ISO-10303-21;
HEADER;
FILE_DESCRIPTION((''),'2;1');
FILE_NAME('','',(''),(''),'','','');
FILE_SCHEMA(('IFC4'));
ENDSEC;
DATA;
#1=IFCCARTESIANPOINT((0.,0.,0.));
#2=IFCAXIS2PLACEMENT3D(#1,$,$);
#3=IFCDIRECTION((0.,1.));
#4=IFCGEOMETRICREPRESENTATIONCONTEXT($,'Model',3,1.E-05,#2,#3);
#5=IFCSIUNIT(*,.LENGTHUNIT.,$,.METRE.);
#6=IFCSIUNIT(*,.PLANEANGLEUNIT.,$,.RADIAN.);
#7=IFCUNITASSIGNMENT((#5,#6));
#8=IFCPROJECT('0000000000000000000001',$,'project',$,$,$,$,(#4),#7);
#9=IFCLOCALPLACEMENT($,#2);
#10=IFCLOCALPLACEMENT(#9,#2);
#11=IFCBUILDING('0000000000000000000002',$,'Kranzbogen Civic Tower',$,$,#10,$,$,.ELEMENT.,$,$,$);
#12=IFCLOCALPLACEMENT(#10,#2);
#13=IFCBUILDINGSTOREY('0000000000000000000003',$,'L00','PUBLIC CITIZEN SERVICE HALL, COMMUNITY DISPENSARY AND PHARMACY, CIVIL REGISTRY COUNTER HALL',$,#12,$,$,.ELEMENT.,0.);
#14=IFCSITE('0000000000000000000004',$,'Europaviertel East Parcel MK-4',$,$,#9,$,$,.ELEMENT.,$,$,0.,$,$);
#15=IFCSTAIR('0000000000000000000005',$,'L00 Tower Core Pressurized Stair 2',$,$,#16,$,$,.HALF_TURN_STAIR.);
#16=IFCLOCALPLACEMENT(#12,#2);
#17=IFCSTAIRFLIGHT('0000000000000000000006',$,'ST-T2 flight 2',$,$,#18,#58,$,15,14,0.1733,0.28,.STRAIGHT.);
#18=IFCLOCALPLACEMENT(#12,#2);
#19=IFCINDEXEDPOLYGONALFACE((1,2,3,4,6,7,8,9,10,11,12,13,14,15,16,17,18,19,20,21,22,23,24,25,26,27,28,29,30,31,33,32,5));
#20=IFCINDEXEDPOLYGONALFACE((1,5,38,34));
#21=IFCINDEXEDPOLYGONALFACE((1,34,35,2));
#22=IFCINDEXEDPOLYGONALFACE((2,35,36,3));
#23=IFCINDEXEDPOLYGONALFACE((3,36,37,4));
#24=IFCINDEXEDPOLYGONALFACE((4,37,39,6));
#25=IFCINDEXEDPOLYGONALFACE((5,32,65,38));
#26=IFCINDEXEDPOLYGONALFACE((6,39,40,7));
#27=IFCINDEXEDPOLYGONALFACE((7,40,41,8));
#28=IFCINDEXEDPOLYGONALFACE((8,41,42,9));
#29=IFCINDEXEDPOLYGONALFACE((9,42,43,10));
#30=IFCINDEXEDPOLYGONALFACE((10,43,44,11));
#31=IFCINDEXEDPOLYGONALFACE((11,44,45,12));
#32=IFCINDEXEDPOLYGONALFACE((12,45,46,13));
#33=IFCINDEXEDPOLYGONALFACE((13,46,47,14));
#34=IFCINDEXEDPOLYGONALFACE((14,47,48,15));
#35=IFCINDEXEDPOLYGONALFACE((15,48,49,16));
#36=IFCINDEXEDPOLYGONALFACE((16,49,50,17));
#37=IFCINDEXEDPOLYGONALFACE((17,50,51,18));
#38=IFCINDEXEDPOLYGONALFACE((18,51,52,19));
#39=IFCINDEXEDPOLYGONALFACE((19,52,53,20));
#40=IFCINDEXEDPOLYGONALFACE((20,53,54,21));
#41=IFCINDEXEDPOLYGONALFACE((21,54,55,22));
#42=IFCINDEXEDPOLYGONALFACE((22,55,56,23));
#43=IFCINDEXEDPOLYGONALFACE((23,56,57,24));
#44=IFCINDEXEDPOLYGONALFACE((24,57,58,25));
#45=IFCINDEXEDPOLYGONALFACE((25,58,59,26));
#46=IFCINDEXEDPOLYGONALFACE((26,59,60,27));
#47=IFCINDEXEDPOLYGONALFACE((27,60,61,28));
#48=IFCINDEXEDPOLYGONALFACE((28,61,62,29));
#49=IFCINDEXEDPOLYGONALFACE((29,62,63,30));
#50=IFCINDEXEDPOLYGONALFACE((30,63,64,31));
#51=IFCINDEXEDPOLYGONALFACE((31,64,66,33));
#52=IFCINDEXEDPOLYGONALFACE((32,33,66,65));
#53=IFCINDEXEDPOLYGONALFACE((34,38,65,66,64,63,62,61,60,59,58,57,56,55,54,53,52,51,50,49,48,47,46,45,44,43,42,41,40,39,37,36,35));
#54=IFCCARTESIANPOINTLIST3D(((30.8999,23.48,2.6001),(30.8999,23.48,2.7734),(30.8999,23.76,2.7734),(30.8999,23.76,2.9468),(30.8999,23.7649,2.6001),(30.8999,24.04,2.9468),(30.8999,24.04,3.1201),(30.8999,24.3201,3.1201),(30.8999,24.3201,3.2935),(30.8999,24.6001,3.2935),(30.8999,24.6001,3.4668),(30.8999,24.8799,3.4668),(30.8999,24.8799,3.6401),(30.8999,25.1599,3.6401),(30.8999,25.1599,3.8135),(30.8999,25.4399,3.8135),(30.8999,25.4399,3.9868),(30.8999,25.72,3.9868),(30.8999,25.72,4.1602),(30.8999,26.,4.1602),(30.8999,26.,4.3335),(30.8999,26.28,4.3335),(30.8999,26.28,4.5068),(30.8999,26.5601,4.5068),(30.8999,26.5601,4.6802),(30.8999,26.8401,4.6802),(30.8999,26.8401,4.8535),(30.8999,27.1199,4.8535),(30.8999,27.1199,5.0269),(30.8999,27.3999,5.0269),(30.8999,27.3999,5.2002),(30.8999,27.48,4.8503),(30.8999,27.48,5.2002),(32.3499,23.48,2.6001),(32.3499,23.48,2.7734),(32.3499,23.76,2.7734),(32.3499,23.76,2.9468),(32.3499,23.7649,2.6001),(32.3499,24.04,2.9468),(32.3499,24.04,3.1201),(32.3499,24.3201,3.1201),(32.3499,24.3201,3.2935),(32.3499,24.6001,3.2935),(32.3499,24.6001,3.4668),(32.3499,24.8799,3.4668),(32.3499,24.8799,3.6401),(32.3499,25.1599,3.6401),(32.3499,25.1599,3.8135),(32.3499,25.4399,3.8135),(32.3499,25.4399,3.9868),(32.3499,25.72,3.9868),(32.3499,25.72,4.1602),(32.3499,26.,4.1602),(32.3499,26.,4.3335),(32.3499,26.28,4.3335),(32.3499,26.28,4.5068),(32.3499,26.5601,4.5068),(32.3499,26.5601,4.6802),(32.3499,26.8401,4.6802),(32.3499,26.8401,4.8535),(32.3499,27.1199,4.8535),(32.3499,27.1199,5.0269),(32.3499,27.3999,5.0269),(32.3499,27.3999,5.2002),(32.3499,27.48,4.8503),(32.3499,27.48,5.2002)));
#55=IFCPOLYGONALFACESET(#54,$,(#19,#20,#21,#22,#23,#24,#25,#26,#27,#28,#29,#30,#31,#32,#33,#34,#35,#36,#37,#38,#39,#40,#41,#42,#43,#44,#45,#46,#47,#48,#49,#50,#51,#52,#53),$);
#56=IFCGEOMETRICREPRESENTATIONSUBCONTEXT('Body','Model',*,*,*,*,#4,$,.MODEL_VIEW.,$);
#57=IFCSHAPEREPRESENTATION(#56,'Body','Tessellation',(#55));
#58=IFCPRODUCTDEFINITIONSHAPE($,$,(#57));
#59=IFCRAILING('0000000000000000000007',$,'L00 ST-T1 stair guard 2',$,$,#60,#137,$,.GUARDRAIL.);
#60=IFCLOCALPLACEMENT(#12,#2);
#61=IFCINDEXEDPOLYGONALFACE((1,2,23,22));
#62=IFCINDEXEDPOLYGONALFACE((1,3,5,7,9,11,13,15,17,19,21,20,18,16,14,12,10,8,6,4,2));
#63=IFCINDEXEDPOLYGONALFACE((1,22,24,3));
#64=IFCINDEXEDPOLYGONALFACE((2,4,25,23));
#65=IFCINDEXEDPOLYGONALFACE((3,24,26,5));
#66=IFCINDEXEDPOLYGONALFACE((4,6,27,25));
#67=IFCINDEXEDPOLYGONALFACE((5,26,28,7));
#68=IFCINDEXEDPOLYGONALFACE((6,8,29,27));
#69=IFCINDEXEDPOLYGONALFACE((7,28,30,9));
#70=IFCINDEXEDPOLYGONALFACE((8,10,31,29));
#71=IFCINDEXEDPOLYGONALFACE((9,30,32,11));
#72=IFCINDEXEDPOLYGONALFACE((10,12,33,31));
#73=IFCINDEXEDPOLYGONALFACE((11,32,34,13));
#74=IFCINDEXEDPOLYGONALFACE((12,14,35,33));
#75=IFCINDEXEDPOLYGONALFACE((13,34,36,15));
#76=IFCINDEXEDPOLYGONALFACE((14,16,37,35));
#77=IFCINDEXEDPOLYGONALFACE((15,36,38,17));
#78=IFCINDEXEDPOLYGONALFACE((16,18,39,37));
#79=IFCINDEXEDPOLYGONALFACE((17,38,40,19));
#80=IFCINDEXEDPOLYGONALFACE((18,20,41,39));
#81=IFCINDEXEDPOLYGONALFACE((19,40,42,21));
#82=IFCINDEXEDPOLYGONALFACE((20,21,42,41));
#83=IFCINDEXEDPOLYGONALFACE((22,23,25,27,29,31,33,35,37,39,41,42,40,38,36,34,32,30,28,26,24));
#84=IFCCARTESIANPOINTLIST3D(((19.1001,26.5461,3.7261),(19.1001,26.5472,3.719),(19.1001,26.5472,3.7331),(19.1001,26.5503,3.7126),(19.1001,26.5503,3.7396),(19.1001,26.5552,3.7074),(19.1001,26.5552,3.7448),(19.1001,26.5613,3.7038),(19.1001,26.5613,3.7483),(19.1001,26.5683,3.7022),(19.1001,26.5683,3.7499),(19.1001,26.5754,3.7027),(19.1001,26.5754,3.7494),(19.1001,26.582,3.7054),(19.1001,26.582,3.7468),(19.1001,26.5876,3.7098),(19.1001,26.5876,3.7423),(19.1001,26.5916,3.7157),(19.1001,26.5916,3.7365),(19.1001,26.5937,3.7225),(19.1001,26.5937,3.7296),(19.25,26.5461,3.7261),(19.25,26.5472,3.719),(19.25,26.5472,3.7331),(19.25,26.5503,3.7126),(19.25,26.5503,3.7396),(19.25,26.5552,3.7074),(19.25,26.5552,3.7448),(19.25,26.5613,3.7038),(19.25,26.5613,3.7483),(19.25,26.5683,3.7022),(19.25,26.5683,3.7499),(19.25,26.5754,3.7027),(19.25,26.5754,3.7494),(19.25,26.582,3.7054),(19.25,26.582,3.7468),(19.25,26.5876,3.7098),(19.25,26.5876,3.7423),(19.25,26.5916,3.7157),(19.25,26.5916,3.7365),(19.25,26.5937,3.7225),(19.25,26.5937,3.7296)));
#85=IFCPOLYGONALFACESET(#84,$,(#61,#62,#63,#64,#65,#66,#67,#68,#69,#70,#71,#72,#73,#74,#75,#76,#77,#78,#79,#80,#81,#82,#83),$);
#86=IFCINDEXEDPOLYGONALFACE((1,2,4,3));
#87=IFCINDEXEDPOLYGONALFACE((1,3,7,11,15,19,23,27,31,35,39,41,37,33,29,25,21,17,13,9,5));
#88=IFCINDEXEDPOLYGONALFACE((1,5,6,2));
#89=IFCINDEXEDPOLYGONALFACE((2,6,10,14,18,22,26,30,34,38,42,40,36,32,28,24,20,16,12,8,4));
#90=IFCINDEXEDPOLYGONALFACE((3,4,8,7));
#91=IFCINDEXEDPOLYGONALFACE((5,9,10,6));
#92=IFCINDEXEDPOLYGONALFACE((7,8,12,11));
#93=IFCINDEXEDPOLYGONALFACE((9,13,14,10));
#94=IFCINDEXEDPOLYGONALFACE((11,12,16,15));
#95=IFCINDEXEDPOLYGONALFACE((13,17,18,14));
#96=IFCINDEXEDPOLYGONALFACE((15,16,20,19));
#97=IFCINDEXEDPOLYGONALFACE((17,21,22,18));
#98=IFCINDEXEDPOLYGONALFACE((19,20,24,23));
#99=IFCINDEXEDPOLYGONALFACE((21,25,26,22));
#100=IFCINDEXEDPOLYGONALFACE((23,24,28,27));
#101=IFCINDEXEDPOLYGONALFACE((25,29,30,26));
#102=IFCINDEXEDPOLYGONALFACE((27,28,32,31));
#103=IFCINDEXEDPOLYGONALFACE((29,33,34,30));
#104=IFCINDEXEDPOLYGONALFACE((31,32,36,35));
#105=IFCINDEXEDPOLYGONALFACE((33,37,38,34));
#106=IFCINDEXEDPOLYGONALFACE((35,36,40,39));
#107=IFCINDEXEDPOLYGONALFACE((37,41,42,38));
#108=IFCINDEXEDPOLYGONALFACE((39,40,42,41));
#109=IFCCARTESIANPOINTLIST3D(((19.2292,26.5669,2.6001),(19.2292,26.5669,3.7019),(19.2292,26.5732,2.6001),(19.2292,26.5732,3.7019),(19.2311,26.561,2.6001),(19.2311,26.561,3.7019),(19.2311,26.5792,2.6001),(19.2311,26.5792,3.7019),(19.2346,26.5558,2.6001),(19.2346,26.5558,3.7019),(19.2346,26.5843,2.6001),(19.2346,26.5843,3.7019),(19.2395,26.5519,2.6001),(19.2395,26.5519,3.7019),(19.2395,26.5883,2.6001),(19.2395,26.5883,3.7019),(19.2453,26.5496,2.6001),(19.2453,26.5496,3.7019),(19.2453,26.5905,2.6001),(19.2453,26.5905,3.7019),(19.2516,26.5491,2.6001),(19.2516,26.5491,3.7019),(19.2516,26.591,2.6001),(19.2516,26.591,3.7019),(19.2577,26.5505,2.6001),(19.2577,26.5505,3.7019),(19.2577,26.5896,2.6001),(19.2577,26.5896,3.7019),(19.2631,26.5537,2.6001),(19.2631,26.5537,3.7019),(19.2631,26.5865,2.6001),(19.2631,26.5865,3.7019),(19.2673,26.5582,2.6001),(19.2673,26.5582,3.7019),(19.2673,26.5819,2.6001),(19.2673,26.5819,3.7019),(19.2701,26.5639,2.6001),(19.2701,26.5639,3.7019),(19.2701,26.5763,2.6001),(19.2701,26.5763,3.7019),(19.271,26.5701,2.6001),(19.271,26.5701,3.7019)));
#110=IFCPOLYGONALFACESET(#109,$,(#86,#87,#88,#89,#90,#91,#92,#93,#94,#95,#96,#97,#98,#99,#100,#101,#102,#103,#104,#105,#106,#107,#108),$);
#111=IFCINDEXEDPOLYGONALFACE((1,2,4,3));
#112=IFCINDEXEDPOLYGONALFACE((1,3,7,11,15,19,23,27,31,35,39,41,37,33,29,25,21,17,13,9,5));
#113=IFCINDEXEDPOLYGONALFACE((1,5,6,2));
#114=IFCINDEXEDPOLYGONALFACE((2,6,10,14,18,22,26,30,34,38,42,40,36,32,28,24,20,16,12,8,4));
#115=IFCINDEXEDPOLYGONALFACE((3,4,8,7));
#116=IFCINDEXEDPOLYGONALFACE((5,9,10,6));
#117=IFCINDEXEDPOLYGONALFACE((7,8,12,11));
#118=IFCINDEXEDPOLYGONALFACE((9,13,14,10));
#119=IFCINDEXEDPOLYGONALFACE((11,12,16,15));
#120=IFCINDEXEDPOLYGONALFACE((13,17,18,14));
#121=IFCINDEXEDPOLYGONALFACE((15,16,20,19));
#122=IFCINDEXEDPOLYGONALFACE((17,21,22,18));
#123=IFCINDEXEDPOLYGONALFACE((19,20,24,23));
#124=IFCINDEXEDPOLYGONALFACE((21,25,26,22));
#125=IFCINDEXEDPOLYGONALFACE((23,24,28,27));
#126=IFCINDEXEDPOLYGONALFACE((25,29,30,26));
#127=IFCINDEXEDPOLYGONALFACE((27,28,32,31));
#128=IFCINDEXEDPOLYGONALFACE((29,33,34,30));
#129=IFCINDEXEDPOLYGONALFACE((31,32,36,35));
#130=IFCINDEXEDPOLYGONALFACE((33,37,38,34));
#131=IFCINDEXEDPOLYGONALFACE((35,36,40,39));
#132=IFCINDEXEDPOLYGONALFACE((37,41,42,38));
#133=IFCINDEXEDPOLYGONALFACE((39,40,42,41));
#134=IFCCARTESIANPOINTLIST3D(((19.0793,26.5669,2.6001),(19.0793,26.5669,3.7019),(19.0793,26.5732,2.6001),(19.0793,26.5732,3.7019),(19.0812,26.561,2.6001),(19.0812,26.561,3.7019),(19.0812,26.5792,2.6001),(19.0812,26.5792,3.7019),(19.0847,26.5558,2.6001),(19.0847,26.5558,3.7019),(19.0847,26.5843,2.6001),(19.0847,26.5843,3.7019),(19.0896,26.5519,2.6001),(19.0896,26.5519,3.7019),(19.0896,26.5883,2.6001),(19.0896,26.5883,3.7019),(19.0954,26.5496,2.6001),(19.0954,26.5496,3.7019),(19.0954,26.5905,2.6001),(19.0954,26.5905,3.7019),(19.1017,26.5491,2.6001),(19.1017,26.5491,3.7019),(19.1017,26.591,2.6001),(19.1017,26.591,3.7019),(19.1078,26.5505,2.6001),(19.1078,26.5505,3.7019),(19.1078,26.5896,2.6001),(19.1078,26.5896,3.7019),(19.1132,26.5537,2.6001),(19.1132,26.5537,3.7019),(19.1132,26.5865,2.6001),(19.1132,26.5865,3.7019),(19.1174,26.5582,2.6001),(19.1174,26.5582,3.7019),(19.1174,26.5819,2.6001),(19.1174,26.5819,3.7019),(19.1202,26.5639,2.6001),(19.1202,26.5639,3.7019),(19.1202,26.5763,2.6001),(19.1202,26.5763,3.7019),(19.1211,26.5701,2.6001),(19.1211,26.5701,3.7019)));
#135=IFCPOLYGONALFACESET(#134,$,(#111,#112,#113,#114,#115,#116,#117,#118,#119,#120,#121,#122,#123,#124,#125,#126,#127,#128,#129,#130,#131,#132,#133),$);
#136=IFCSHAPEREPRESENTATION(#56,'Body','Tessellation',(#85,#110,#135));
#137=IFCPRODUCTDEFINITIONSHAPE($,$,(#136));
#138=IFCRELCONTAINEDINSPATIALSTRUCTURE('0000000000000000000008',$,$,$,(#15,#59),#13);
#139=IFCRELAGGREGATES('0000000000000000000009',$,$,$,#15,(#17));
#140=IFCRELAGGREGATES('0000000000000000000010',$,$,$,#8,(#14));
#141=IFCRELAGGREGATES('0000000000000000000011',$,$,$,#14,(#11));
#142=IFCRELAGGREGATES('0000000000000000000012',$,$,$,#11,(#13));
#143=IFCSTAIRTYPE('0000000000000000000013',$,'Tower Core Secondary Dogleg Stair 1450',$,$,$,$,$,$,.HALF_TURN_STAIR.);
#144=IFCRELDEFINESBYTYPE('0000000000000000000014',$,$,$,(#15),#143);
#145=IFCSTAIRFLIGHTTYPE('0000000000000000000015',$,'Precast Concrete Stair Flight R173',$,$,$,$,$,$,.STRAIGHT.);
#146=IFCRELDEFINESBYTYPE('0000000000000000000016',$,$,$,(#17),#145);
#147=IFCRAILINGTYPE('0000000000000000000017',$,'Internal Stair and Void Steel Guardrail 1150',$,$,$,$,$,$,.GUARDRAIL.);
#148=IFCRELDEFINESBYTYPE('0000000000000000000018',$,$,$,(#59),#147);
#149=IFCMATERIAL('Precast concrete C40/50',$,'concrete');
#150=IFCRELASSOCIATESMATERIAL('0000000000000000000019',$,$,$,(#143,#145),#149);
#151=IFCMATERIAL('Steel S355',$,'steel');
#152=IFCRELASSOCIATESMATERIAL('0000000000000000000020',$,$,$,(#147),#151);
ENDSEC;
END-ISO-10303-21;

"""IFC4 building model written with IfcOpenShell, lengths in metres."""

from ifc_helpers import new_model, si_unit, direction, frame, origin, origin_2d, place, context, subcontext, project, spatial, polyline, circle, outline, extrude, material, type_object, element, aggregate, save


model = new_model("IFC4")

# Units and contexts
model_context = context("Model", 3, precision=1e-05, world=origin(), true_north=direction((0.0, 1.0)))
body_context = subcontext(model_context, "Body", "Model", "MODEL_VIEW")
ifc_project = project(units=[si_unit("LENGTHUNIT", "METRE"), si_unit("PLANEANGLEUNIT", "RADIAN")], contexts=[model_context])

# Site, building, storey
site_placement = place(None, origin())
site = spatial("IfcSite", under=ifc_project, at=site_placement, Name="Europaviertel East Parcel MK-4", CompositionType="ELEMENT", RefElevation=0.0)
building_placement = place(site_placement, origin())
building = spatial("IfcBuilding", under=site, at=building_placement, Name="Kranzbogen Civic Tower", CompositionType="ELEMENT")
storey_placement = place(building_placement, origin())
storey = spatial("IfcBuildingStorey", under=building, at=storey_placement, Name="L00", Description="PUBLIC CITIZEN SERVICE HALL, COMMUNITY DISPENSARY AND PHARMACY, CIVIL REGISTRY COUNTER HALL", CompositionType="ELEMENT", Elevation=0.0)

# Shared definitions
ifc_material_1 = material(Name="Steel S355", Category="steel")

# Stair, stair flight
ifc_material_2 = material(Name="Precast concrete C40/50", Category="concrete")
stair_type = type_object("IfcStairType", Name="Tower Core Secondary Dogleg Stair 1450", PredefinedType="HALF_TURN_STAIR", material=ifc_material_2)
stair_placement = place(storey_placement, origin())
stair = element("IfcStair", 1, at=stair_placement, inside=storey, type_object=stair_type, Name="L00 Tower Core Pressurized Stair 2", PredefinedType="HALF_TURN_STAIR")
stair_flight_type = type_object("IfcStairFlightType", Name="Precast Concrete Stair Flight R173", PredefinedType="STRAIGHT", material=ifc_material_2)
stair_flight_1_placement = place(storey_placement, frame((31.625, 23.48, 2.6001), z_axis=(0.0, 0.0, 1.0), x_axis=(0.0, 1.0, 0.0)))
stair_flight_1 = element("IfcStairFlight", 2, at=stair_flight_1_placement, type_object=stair_flight_type, Name="ST-T2 flight 2", NumberOfRisers=15, NumberOfTreads=14, PredefinedType="STRAIGHT", RiserHeight=0.1733, TreadLength=0.28, context=body_context, shape_type="SweptSolid", body=[
    extrude(outline(polyline([(0.0, 0.0), (0.0, 0.1733), (0.28, 0.1733), (0.28, 0.3467), (0.5601, 0.3467), (0.5601, 0.52), (0.8401, 0.52), (0.8401, 0.6934), (1.1201, 0.6934), (1.1201, 0.8667), (1.3999, 0.8667), (1.3999, 1.04), (1.6799, 1.04), (1.6799, 1.2134), (1.96, 1.2134), (1.96, 1.3867), (2.24, 1.3867), (2.24, 1.5601), (2.52, 1.5601), (2.52, 1.7334), (2.8, 1.7334), (2.8, 1.9067), (3.0801, 1.9067), (3.0801, 2.0801), (3.3601, 2.0801), (3.3601, 2.2534), (3.6399, 2.2534), (3.6399, 2.4268), (3.9199, 2.4268), (3.9199, 2.6001), (4.0, 2.6001), (4.0, 2.2502), (0.2849, 0.0), (0.0, 0.0)])), frame((0.0, 0.7251, 0.0), z_axis=(0.0, -1.0, 0.0), x_axis=(1.0, 0.0, 0.0)), (0.0, 0.0, 1.0), 1.45),
])
aggregate(stair, [stair_flight_1])

# Railing
railing_type_1 = type_object("IfcRailingType", Name="Internal Stair and Void Steel Guardrail 1150", PredefinedType="GUARDRAIL", material=ifc_material_1)
railing_1_placement = place(storey_placement, frame((19.25, 26.5701, 2.6001)))
element("IfcRailing", 3, at=railing_1_placement, inside=storey, type_object=railing_type_1, Name="L00 ST-T1 stair guard 2", PredefinedType="GUARDRAIL", context=body_context, shape_type="SweptSolid", body=[
    extrude(circle(Radius=0.0239, at=origin_2d()), frame((0.0, 0.0, 1.126), z_axis=(-1.0, 0.0, 0.0), x_axis=(0.0, -1.0, 0.0)), (0.0, 0.0, 1.0), 0.1499),
    extrude(circle(Radius=0.021, at=origin_2d()), origin(), (0.0, 0.0, 1.0), 1.1018),
    extrude(circle(Radius=0.021, at=origin_2d()), frame((-0.1499, 0.0, 0.0)), (0.0, 0.0, 1.0), 1.1018),
])

save(model, "model.ifc")
